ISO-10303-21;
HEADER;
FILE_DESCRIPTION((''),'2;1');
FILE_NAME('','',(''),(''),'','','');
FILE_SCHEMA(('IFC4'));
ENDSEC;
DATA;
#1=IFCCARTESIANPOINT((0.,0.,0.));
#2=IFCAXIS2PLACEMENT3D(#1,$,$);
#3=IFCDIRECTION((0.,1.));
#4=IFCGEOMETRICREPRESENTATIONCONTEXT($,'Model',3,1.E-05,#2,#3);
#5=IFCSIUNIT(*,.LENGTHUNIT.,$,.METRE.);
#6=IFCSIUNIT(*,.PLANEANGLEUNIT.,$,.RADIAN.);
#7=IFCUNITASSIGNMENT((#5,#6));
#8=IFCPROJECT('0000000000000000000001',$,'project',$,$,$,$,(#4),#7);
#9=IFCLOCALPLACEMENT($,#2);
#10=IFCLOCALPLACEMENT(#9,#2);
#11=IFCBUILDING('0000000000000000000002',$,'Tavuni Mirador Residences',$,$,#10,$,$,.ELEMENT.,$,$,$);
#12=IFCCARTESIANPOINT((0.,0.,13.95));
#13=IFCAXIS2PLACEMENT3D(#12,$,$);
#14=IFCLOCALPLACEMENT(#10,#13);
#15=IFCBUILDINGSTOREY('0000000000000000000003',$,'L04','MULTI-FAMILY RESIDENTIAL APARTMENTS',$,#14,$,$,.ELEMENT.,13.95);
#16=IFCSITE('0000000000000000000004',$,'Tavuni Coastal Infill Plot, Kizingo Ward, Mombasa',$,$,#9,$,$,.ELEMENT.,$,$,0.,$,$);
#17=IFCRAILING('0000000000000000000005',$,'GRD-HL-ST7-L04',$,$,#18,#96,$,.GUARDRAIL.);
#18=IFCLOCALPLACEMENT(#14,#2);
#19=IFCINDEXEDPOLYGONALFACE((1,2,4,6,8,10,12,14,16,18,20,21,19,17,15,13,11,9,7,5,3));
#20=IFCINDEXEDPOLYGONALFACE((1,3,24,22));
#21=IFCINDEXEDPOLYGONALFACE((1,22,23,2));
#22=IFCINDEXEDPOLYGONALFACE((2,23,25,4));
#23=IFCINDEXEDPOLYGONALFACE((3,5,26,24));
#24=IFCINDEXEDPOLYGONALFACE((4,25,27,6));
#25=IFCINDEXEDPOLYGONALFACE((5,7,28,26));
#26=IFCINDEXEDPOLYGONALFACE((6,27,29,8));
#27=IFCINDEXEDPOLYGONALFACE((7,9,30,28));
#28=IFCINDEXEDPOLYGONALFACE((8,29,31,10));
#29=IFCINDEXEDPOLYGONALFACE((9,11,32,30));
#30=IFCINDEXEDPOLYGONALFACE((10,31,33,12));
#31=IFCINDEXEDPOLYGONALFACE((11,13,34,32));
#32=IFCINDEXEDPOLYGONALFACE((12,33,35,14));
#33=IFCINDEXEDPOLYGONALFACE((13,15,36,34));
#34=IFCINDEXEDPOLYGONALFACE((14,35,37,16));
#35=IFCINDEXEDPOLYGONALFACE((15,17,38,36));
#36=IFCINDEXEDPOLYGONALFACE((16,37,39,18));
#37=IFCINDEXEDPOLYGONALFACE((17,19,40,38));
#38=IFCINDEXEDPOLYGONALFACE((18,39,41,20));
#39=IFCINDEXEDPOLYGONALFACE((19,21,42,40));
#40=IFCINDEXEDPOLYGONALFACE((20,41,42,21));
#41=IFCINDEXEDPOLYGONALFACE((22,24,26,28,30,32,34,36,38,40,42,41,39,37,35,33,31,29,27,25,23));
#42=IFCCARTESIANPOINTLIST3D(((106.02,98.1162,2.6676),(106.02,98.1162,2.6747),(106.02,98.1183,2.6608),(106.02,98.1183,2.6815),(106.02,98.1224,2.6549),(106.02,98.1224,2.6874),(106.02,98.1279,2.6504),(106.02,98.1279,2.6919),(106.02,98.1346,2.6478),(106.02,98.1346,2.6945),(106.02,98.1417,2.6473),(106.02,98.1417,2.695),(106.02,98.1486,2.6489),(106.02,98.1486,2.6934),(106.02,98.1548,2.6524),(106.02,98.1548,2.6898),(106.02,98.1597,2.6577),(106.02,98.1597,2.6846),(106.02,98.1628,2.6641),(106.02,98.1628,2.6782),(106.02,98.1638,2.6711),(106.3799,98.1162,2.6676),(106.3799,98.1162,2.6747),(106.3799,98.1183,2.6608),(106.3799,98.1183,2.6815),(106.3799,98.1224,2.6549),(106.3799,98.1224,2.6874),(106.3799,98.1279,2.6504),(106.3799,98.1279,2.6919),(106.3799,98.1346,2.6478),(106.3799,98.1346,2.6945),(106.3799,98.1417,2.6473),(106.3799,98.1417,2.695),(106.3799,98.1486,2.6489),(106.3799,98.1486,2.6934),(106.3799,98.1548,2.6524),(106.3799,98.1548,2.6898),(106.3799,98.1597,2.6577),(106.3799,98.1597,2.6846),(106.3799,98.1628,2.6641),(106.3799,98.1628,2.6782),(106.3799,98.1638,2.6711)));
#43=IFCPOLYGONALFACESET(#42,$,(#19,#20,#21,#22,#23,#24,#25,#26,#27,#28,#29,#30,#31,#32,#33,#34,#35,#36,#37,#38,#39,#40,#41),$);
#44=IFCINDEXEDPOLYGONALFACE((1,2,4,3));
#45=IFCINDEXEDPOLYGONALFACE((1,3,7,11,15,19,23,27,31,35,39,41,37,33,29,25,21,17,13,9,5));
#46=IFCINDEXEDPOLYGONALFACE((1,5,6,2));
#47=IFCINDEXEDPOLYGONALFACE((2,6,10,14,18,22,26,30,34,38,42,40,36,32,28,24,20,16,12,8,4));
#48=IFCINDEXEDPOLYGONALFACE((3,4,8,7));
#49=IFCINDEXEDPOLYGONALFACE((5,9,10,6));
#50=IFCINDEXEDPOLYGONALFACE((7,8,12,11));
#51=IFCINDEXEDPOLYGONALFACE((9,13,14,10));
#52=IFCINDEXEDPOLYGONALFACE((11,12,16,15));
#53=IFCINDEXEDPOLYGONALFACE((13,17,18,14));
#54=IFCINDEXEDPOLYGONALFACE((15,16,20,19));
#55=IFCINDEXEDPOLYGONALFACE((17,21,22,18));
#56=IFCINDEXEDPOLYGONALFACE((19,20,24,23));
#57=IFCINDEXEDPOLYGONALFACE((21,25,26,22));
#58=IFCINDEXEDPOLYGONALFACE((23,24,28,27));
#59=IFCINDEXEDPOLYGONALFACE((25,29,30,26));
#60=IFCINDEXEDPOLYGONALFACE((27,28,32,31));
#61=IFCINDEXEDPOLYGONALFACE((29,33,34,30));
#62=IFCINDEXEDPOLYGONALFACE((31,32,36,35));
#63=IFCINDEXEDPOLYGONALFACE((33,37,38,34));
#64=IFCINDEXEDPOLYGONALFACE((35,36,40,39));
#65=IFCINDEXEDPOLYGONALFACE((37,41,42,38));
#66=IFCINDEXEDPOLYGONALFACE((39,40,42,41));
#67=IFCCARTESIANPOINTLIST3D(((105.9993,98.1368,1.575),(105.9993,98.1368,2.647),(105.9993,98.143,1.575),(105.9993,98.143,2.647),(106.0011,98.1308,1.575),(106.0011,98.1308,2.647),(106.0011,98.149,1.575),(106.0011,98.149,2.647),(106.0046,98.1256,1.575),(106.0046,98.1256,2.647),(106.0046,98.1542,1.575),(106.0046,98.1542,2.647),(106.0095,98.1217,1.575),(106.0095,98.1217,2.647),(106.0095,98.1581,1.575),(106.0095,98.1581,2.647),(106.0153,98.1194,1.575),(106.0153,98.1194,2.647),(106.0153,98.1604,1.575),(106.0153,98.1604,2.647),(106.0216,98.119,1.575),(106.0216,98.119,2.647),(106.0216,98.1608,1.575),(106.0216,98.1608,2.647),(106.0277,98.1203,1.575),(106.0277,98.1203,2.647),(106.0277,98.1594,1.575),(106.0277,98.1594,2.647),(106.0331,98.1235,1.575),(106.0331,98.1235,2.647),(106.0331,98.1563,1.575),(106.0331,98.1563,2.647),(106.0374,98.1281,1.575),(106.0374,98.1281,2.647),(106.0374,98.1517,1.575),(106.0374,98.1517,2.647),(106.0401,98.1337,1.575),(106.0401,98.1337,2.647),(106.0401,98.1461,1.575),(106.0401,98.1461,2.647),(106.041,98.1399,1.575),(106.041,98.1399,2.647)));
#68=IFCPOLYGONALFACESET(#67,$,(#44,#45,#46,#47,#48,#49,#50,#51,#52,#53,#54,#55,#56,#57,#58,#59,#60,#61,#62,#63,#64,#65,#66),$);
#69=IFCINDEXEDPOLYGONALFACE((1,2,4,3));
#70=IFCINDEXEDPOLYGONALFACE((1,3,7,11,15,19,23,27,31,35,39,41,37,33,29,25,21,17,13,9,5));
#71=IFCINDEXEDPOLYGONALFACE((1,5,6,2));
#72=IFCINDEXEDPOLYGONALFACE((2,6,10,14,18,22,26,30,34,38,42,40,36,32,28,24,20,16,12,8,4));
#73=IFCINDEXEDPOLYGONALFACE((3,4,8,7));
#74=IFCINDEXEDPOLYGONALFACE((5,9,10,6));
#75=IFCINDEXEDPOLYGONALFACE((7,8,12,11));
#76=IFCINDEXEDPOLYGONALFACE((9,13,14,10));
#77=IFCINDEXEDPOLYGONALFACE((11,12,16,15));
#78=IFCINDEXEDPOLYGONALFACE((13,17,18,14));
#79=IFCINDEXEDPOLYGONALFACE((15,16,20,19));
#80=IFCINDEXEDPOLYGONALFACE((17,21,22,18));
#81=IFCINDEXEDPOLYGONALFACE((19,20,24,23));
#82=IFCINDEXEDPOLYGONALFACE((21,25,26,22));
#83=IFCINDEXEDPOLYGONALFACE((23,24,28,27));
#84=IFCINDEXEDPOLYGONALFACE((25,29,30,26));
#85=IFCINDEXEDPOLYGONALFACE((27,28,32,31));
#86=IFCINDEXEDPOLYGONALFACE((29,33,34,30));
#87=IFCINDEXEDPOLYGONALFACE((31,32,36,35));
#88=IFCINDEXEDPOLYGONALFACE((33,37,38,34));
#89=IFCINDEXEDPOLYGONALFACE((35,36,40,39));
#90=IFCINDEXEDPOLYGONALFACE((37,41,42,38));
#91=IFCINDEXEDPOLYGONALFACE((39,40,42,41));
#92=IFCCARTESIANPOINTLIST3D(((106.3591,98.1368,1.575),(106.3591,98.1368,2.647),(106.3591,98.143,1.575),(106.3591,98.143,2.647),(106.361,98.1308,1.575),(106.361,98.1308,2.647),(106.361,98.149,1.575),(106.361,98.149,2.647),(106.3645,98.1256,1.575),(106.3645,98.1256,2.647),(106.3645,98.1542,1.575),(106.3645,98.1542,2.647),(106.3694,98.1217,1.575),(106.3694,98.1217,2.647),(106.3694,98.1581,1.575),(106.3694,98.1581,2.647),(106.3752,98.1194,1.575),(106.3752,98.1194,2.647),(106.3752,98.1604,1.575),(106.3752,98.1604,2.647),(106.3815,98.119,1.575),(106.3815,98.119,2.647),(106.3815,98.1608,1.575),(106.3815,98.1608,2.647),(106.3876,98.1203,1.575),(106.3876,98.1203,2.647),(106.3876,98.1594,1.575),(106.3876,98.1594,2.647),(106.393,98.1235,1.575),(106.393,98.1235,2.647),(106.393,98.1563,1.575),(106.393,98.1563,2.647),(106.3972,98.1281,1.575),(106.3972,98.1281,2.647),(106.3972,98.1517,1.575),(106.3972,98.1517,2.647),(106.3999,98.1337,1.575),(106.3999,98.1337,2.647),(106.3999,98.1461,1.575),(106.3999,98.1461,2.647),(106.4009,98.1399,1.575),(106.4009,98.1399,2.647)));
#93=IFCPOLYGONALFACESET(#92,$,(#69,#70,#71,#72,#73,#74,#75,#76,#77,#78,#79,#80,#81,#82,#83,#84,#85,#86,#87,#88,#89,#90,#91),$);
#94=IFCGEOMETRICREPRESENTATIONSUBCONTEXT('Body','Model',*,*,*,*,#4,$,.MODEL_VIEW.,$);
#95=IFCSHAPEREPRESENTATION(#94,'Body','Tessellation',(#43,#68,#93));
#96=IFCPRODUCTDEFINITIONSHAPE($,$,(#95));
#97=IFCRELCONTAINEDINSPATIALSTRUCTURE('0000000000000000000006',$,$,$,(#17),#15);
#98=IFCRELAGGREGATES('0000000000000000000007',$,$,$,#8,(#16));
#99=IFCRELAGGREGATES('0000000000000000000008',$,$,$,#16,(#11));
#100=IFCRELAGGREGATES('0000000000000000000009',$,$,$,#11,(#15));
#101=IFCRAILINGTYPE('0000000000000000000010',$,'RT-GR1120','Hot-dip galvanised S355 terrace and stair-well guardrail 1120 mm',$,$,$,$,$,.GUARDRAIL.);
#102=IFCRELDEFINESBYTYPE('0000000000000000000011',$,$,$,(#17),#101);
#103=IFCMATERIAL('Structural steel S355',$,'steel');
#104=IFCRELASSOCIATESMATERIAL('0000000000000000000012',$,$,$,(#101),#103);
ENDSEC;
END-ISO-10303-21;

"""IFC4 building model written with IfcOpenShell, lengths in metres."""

from ifc_helpers import new_model, si_unit, direction, frame, origin, origin_2d, place, context, subcontext, project, spatial, circle, extrude, material, type_object, element, save


model = new_model("IFC4")

# Units and contexts
model_context = context("Model", 3, precision=1e-05, world=origin(), true_north=direction((0.0, 1.0)))
body_context = subcontext(model_context, "Body", "Model", "MODEL_VIEW")
ifc_project = project(units=[si_unit("LENGTHUNIT", "METRE"), si_unit("PLANEANGLEUNIT", "RADIAN")], contexts=[model_context])

# Site, building, storey
site_placement = place(None, origin())
site = spatial("IfcSite", under=ifc_project, at=site_placement, Name="Tavuni Coastal Infill Plot, Kizingo Ward, Mombasa", CompositionType="ELEMENT", RefElevation=0.0)
building_placement = place(site_placement, origin())
building = spatial("IfcBuilding", under=site, at=building_placement, Name="Tavuni Mirador Residences", CompositionType="ELEMENT")
storey_placement = place(building_placement, frame((0.0, 0.0, 13.95)))
storey = spatial("IfcBuildingStorey", under=building, at=storey_placement, Name="L04", Description="MULTI-FAMILY RESIDENTIAL APARTMENTS", CompositionType="ELEMENT", Elevation=13.95)

# Shared definitions
ifc_material_1 = material(Name="Structural steel S355", Category="steel")

# Railing
railing_type_1 = type_object("IfcRailingType", Name="RT-GR1120", Description="Hot-dip galvanised S355 terrace and stair-well guardrail 1120 mm", PredefinedType="GUARDRAIL", material=ifc_material_1)
railing_1_placement = place(storey_placement, frame((106.02, 98.1399, 1.575)))
element("IfcRailing", 1, at=railing_1_placement, inside=storey, type_object=railing_type_1, Name="GRD-HL-ST7-L04", PredefinedType="GUARDRAIL", context=body_context, shape_type="SweptSolid", body=[
    extrude(circle(Radius=0.0239, at=origin_2d()), frame((0.0, 0.0, 1.0962), z_axis=(1.0, 0.0, 0.0), x_axis=(0.0, 1.0, 0.0)), (0.0, 0.0, 1.0), 0.3599),
    extrude(circle(Radius=0.021, at=origin_2d()), origin(), (0.0, 0.0, 1.0), 1.072),
    extrude(circle(Radius=0.021, at=origin_2d()), frame((0.3599, 0.0, 0.0)), (0.0, 0.0, 1.0), 1.072),
])

save(model, "model.ifc")
